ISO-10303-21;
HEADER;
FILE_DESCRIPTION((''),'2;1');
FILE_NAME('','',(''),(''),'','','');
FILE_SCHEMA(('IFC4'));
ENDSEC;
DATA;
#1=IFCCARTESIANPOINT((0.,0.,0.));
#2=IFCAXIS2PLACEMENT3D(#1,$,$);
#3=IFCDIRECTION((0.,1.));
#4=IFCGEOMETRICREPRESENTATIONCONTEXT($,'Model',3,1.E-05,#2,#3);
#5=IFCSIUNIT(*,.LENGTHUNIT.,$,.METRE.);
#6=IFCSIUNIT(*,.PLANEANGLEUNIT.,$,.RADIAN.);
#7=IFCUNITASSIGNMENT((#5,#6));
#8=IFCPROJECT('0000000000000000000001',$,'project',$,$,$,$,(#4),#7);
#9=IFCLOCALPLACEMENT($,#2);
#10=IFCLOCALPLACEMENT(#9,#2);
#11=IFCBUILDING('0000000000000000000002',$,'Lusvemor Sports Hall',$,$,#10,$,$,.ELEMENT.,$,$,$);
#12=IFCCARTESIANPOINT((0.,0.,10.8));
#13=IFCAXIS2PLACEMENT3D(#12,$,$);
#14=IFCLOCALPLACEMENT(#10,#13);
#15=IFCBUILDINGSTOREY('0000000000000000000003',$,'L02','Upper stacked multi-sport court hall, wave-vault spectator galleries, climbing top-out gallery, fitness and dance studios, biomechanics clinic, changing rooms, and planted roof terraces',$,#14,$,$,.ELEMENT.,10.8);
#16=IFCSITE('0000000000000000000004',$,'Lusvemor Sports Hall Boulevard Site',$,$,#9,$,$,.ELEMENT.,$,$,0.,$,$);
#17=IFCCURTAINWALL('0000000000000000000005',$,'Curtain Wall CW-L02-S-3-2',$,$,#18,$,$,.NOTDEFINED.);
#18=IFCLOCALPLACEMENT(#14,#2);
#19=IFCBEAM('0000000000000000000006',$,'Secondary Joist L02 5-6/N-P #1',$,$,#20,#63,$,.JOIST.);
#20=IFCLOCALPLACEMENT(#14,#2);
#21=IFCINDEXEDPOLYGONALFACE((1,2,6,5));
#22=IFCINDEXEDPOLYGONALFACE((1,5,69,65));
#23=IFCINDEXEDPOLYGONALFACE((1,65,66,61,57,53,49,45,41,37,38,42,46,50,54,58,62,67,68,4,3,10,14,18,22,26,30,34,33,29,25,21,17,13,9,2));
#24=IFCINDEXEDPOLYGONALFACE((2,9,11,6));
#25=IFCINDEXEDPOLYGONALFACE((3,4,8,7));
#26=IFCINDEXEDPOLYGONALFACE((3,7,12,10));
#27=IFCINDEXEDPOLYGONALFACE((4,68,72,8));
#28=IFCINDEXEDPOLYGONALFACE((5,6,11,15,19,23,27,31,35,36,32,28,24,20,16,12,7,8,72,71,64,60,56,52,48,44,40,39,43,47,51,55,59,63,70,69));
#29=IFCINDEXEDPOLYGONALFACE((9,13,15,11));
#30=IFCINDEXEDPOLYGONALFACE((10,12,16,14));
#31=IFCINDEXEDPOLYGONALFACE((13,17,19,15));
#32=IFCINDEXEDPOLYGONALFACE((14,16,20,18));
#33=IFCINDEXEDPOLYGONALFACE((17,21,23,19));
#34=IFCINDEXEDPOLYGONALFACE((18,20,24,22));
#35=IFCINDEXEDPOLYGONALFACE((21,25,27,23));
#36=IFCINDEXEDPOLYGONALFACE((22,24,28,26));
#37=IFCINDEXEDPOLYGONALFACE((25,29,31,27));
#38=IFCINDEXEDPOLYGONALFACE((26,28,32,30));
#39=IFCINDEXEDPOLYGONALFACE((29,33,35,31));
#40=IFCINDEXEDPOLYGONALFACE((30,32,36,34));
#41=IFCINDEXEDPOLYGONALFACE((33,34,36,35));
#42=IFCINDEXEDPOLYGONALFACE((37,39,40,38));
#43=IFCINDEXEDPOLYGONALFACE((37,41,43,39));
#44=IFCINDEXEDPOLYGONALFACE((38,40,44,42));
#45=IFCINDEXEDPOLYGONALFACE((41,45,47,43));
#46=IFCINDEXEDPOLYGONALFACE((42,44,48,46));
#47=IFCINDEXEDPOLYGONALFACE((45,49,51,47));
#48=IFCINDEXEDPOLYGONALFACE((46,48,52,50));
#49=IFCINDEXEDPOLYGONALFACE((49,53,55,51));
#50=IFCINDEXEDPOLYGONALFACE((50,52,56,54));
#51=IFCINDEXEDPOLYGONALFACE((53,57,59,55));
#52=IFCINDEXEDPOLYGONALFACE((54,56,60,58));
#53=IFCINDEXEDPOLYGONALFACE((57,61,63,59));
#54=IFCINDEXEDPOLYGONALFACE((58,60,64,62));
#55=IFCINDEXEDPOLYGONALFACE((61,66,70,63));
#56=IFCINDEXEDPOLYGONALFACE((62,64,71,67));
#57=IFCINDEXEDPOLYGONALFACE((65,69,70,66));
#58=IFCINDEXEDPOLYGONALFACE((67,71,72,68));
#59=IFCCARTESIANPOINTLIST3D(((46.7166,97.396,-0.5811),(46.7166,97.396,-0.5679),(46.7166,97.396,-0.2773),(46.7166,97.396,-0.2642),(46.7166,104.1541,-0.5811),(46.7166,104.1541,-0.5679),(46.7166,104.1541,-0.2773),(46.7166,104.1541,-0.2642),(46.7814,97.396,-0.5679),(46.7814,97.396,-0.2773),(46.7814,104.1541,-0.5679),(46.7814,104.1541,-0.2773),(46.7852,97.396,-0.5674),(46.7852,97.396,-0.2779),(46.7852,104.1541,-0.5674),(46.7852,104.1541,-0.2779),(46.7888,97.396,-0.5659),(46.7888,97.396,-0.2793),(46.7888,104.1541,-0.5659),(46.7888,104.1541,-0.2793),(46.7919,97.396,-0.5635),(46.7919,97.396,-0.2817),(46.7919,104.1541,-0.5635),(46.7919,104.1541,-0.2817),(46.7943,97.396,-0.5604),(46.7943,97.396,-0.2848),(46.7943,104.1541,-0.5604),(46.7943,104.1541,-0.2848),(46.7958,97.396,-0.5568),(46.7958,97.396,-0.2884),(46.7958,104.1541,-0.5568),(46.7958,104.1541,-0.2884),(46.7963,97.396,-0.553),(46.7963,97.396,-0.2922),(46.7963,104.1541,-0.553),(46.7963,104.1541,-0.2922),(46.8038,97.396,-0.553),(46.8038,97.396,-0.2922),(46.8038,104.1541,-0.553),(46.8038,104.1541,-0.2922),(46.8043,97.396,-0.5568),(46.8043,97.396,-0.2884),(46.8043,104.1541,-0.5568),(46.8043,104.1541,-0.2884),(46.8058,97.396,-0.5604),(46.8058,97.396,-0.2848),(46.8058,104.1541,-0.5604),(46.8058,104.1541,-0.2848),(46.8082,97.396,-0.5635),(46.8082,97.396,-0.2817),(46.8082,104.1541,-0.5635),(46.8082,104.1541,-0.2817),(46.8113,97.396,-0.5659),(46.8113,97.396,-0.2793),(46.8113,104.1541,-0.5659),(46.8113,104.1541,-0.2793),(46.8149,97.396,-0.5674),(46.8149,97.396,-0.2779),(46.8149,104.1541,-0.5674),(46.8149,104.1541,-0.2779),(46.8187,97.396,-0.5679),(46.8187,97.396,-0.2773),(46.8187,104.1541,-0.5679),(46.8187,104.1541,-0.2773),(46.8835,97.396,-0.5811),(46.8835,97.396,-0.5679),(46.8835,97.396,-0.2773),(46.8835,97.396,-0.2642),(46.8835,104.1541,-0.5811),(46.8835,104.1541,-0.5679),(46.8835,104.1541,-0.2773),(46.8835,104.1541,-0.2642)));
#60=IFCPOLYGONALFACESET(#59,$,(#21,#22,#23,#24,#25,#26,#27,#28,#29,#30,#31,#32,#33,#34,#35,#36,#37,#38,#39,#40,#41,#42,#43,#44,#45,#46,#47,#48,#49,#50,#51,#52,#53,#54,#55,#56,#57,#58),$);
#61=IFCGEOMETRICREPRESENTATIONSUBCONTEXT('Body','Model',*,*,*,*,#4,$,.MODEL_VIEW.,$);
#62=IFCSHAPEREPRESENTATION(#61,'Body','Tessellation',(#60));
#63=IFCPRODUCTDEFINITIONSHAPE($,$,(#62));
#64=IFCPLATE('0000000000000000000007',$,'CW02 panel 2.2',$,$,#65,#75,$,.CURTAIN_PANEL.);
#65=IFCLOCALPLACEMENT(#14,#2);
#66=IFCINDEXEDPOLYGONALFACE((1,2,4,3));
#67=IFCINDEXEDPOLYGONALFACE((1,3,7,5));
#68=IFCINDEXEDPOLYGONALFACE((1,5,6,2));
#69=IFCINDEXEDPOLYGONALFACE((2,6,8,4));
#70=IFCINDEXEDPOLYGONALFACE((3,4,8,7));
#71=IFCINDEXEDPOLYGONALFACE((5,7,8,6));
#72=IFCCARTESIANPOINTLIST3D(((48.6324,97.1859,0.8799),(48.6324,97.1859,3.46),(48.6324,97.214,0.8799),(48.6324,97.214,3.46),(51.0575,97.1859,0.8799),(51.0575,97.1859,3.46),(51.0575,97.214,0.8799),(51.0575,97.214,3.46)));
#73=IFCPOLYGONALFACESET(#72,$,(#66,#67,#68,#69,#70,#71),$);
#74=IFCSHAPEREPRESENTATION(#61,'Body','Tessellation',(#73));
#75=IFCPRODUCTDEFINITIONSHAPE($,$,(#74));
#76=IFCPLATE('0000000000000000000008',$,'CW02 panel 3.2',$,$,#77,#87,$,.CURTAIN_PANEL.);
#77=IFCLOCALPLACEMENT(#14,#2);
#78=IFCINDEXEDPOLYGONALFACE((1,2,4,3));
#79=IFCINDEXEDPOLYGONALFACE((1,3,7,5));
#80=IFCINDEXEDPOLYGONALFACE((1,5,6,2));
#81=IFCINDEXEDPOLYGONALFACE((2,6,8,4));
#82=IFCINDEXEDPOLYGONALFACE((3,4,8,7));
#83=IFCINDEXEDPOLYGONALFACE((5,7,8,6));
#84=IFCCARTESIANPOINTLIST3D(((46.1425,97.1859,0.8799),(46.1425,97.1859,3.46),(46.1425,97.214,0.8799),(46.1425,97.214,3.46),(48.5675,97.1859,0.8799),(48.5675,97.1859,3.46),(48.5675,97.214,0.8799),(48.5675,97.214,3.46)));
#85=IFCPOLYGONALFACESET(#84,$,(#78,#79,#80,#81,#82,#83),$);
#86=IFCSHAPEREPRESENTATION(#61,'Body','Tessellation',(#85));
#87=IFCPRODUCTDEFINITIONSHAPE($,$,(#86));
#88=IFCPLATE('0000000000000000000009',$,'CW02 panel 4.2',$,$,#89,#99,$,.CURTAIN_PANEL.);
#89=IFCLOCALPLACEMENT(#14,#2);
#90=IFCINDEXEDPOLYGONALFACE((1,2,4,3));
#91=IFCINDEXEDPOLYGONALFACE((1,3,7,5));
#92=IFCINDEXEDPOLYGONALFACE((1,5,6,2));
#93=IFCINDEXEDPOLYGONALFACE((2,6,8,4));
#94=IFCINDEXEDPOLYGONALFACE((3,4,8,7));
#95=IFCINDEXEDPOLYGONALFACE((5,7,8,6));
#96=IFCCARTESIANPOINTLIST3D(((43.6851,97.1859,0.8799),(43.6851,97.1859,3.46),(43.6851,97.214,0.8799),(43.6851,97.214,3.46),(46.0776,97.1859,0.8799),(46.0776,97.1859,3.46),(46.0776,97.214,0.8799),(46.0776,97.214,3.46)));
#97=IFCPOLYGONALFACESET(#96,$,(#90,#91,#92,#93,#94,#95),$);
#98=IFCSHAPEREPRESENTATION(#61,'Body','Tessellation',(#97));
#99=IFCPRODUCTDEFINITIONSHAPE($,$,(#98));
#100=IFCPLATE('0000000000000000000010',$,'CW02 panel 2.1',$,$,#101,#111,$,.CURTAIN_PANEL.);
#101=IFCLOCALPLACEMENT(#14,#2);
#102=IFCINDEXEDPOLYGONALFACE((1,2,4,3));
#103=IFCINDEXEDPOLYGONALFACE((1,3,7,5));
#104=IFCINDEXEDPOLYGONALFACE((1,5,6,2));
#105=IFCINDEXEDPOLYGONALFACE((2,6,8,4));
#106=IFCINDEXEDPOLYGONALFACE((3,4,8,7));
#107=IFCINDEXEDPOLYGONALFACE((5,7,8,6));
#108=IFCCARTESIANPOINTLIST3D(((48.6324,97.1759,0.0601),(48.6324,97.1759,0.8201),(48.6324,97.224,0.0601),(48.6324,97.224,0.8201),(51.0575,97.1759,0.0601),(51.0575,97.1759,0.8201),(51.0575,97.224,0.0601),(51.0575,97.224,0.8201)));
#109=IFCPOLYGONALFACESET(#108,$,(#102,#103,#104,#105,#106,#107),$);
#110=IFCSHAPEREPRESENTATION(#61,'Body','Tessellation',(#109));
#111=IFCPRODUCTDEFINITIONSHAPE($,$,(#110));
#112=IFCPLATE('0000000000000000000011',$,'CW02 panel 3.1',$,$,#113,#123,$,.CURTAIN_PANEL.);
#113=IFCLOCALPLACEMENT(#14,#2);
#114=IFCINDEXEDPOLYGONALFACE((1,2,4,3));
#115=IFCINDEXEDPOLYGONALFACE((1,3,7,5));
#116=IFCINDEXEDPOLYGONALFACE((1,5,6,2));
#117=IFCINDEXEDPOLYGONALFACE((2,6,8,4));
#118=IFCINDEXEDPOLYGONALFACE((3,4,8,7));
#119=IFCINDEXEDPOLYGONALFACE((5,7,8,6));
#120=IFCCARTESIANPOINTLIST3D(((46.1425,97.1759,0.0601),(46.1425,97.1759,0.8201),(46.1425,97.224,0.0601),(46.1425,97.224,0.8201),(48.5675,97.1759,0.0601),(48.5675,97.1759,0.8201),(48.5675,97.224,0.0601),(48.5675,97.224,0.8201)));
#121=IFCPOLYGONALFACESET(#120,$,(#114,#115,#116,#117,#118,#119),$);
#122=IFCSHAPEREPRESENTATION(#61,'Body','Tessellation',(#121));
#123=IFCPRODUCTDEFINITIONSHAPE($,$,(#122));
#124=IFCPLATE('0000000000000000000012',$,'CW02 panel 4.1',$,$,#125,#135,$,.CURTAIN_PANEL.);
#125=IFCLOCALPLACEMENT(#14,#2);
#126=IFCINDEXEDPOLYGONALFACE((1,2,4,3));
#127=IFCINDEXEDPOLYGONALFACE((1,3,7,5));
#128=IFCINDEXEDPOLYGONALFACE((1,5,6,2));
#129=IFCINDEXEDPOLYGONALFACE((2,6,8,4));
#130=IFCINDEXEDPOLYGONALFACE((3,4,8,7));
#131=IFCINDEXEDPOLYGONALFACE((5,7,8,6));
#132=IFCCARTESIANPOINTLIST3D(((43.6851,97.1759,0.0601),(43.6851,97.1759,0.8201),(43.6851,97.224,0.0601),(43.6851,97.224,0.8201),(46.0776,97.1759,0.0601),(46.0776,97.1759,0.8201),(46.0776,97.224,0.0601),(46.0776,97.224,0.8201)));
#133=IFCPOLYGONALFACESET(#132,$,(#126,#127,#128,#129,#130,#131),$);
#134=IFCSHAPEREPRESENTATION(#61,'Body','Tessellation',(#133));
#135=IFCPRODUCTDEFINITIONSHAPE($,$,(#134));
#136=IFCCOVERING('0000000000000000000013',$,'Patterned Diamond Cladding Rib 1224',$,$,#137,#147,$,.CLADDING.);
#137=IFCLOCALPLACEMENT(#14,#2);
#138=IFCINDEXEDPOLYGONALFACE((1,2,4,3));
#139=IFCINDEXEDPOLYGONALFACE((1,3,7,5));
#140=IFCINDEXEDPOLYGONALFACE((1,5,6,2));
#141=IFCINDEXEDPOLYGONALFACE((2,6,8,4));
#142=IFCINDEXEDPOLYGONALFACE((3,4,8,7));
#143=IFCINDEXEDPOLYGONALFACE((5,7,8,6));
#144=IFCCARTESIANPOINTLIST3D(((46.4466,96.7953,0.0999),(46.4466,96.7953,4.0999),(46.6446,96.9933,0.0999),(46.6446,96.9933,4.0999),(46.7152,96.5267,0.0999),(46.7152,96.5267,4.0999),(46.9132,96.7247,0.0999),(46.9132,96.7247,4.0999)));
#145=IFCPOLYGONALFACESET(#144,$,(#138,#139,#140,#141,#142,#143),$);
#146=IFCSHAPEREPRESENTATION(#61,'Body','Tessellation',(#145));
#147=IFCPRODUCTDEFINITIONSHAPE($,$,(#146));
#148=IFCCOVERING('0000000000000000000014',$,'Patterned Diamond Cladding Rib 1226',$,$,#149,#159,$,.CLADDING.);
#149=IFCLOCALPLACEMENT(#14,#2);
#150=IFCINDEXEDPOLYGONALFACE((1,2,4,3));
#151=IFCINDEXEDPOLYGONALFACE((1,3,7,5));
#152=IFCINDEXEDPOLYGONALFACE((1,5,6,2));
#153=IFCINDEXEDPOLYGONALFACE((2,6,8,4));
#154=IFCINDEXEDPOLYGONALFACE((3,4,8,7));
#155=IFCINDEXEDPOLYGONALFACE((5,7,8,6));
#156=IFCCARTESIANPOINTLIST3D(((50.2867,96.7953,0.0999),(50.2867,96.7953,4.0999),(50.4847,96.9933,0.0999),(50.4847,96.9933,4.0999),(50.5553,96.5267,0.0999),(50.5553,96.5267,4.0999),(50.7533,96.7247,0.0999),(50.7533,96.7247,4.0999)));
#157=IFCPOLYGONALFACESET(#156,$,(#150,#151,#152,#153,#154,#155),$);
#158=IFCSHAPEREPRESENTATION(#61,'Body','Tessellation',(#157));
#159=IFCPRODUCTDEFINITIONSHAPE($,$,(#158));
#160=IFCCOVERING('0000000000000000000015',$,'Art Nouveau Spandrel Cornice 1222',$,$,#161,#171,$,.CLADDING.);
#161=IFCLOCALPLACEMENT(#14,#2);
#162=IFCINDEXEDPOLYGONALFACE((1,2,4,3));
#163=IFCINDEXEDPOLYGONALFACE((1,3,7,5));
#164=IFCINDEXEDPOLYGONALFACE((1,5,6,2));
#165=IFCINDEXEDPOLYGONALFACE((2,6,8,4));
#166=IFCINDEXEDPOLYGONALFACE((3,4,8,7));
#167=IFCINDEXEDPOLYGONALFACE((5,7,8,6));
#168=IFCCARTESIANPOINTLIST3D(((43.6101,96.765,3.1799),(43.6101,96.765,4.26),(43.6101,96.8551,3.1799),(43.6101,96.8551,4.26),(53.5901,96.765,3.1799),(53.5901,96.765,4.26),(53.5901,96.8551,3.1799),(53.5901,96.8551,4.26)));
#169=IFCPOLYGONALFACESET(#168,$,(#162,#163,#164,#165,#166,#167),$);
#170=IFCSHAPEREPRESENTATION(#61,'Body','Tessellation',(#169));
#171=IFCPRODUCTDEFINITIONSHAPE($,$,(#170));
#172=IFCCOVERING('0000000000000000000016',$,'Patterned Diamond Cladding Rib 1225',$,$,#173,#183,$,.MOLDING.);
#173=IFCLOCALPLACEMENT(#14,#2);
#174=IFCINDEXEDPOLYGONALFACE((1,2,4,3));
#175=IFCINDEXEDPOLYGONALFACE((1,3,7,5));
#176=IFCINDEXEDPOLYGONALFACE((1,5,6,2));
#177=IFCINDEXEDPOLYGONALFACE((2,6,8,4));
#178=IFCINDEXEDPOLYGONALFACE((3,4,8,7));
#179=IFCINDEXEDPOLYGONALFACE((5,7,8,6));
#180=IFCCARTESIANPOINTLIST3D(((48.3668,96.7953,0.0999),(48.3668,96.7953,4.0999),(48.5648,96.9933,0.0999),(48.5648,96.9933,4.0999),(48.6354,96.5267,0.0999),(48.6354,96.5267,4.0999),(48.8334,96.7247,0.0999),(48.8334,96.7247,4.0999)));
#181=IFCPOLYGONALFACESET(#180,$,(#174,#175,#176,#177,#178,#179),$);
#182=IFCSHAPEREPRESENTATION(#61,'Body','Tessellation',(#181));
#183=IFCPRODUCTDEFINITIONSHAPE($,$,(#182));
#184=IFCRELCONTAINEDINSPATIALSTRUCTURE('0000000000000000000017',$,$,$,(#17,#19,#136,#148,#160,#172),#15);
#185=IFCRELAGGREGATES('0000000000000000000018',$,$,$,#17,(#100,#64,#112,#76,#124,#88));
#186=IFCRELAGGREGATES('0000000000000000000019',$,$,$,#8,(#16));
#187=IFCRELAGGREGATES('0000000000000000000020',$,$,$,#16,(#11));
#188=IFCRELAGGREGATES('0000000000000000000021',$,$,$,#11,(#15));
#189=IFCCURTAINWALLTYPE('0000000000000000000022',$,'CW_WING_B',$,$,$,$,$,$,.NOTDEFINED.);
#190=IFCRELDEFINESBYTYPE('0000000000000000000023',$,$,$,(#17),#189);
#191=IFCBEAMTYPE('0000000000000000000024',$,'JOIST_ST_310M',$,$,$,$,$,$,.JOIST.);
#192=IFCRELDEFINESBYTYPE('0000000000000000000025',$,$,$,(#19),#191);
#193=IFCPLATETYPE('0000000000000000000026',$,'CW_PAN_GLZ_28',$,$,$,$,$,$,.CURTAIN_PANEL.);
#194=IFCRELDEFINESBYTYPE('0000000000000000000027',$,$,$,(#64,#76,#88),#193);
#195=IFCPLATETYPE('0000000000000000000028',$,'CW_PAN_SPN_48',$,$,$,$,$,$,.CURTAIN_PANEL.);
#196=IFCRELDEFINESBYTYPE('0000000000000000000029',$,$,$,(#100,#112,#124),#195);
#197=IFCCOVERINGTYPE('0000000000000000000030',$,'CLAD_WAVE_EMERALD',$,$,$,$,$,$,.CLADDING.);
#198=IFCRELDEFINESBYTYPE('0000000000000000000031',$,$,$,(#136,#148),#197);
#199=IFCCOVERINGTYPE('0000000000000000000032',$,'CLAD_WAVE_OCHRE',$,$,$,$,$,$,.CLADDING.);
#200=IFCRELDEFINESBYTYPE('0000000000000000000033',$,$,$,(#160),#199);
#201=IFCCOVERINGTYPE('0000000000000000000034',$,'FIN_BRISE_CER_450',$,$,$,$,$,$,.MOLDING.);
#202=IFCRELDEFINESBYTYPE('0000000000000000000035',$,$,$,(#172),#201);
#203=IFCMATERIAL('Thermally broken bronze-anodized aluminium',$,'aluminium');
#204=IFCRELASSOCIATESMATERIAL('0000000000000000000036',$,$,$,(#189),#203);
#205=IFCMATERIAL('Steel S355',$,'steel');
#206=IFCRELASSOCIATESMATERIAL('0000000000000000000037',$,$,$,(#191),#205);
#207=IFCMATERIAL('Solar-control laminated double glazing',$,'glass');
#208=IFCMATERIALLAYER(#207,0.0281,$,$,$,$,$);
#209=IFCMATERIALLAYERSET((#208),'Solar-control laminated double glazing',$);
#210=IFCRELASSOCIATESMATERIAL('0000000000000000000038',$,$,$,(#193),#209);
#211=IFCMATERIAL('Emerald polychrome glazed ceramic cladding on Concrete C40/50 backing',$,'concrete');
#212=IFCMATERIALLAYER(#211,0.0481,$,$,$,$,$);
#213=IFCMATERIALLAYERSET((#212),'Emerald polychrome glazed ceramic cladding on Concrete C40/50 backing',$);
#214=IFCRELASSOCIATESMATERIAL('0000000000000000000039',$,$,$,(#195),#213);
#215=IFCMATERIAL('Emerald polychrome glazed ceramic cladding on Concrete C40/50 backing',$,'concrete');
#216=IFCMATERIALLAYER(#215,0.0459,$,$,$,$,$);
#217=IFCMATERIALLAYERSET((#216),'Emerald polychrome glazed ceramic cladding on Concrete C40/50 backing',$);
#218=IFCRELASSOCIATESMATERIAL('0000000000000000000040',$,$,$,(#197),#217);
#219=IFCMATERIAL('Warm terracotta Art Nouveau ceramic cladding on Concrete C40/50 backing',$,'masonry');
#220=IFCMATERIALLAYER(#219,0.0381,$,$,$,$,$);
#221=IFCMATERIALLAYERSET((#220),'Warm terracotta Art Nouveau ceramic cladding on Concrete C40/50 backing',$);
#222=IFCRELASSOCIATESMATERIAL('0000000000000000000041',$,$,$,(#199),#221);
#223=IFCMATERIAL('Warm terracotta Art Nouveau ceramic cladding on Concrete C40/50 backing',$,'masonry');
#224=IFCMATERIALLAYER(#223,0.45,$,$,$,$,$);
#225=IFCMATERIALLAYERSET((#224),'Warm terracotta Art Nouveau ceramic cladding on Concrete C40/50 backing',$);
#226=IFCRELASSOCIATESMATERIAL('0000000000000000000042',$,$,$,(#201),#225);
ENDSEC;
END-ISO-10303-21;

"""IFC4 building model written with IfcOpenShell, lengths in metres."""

from ifc_helpers import new_model, si_unit, direction, frame, origin, origin_2d, place, context, subcontext, project, spatial, rectangle, i_section, extrude, material, layer, layer_set, material_profile, profile_set, type_object, element, aggregate, save


model = new_model("IFC4")

# Units and contexts
model_context = context("Model", 3, precision=1e-05, world=origin(), true_north=direction((0.0, 1.0)))
body_context = subcontext(model_context, "Body", "Model", "MODEL_VIEW")
ifc_project = project(units=[si_unit("LENGTHUNIT", "METRE"), si_unit("PLANEANGLEUNIT", "RADIAN")], contexts=[model_context])

# Site, building, storey
site_placement = place(None, origin())
site = spatial("IfcSite", under=ifc_project, at=site_placement, Name="Lusvemor Sports Hall Boulevard Site", CompositionType="ELEMENT", RefElevation=0.0)
building_placement = place(site_placement, origin())
building = spatial("IfcBuilding", under=site, at=building_placement, Name="Lusvemor Sports Hall", CompositionType="ELEMENT")
storey_placement = place(building_placement, frame((0.0, 0.0, 10.8)))
storey = spatial("IfcBuildingStorey", under=building, at=storey_placement, Name="L02", Description="Upper stacked multi-sport court hall, wave-vault spectator galleries, climbing top-out gallery, fitness and dance studios, biomechanics clinic, changing rooms, and planted roof terraces", CompositionType="ELEMENT", Elevation=10.8)

# Curtain wall
ifc_material_1 = material(Name="Thermally broken bronze-anodized aluminium", Category="aluminium")
curtain_wall_type = type_object("IfcCurtainWallType", Name="CW_WING_B", PredefinedType="NOTDEFINED", material=ifc_material_1)
curtain_wall_placement = place(storey_placement, origin())
curtain_wall = element("IfcCurtainWall", 1, at=curtain_wall_placement, inside=storey, type_object=curtain_wall_type, Name="Curtain Wall CW-L02-S-3-2", PredefinedType="NOTDEFINED")

# Beam
ifc_material_2 = material(Name="Steel S355", Category="steel")
ifc_material_profile_1 = material_profile(ifc_material_2, i_section(OverallWidth=0.167, OverallDepth=0.3169, WebThickness=0.0076, FlangeThickness=0.0132, FilletRadius=0.0149, at=origin_2d()), Name="W310x52.0")
ifc_profile_set_1 = profile_set([ifc_material_profile_1], Name="Steel S355")
beam_type_1 = type_object("IfcBeamType", Name="JOIST_ST_310M", PredefinedType="JOIST", material=ifc_profile_set_1)
beam_1_placement = place(storey_placement, frame((46.8, 97.396, -0.4226), z_axis=(0.0, 1.0, 0.0), x_axis=(-1.0, 0.0, 0.0)))
element("IfcBeam", 2, at=beam_1_placement, inside=storey, type_object=beam_type_1, Name="Secondary Joist L02 5-6/N-P #1", PredefinedType="JOIST", context=body_context, shape_type="SweptSolid", body=[
    extrude(i_section(OverallWidth=0.167, OverallDepth=0.3169, WebThickness=0.0076, FlangeThickness=0.0132, FilletRadius=0.0149, at=origin_2d()), origin(), (0.0, 0.0, 1.0), 6.7581),
])

# Plates
ifc_material_3 = material(Name="Solar-control laminated double glazing", Category="glass")
ifc_layer_1 = layer(ifc_material_3, 0.0281)
ifc_layer_set_1 = layer_set([ifc_layer_1], Name="Solar-control laminated double glazing")
plate_type_1 = type_object("IfcPlateType", Name="CW_PAN_GLZ_28", PredefinedType="CURTAIN_PANEL", material=ifc_layer_set_1)
plate_1_placement = place(storey_placement, frame((49.845, 97.2, 0.8799), z_axis=(0.0, 0.0, 1.0), x_axis=(-1.0, 0.0, 0.0)))
plate_1 = element("IfcPlate", 3, at=plate_1_placement, type_object=plate_type_1, Name="CW02 panel 2.2", PredefinedType="CURTAIN_PANEL", context=body_context, shape_type="SweptSolid", body=[
    extrude(rectangle(XDim=2.425, YDim=0.0281, at=origin_2d()), origin(), (0.0, 0.0, 1.0), 2.5801),
])
plate_2_placement = place(storey_placement, frame((47.355, 97.2, 0.8799), z_axis=(0.0, 0.0, 1.0), x_axis=(-1.0, 0.0, 0.0)))
plate_2 = element("IfcPlate", 4, at=plate_2_placement, type_object=plate_type_1, Name="CW02 panel 3.2", PredefinedType="CURTAIN_PANEL", context=body_context, shape_type="SweptSolid", body=[
    extrude(rectangle(XDim=2.425, YDim=0.0281, at=origin_2d()), origin(), (0.0, 0.0, 1.0), 2.5801),
])
plate_3_placement = place(storey_placement, frame((44.8813, 97.2, 0.8799), z_axis=(0.0, 0.0, 1.0), x_axis=(-1.0, 0.0, 0.0)))
plate_3 = element("IfcPlate", 5, at=plate_3_placement, type_object=plate_type_1, Name="CW02 panel 4.2", PredefinedType="CURTAIN_PANEL", context=body_context, shape_type="SweptSolid", body=[
    extrude(rectangle(XDim=2.3926, YDim=0.0281, at=origin_2d()), origin(), (0.0, 0.0, 1.0), 2.5801),
])
ifc_material_4 = material(Name="Emerald polychrome glazed ceramic cladding on Concrete C40/50 backing", Category="concrete")
ifc_layer_2 = layer(ifc_material_4, 0.0481)
ifc_layer_set_2 = layer_set([ifc_layer_2], Name="Emerald polychrome glazed ceramic cladding on Concrete C40/50 backing")
plate_type_2 = type_object("IfcPlateType", Name="CW_PAN_SPN_48", PredefinedType="CURTAIN_PANEL", material=ifc_layer_set_2)
plate_4_placement = place(storey_placement, frame((49.845, 97.2, 0.0601), z_axis=(0.0, 0.0, 1.0), x_axis=(-1.0, 0.0, 0.0)))
plate_4 = element("IfcPlate", 6, at=plate_4_placement, type_object=plate_type_2, Name="CW02 panel 2.1", PredefinedType="CURTAIN_PANEL", context=body_context, shape_type="SweptSolid", body=[
    extrude(rectangle(XDim=2.425, YDim=0.0481, at=origin_2d()), origin(), (0.0, 0.0, 1.0), 0.76),
])
plate_5_placement = place(storey_placement, frame((47.355, 97.2, 0.0601), z_axis=(0.0, 0.0, 1.0), x_axis=(-1.0, 0.0, 0.0)))
plate_5 = element("IfcPlate", 7, at=plate_5_placement, type_object=plate_type_2, Name="CW02 panel 3.1", PredefinedType="CURTAIN_PANEL", context=body_context, shape_type="SweptSolid", body=[
    extrude(rectangle(XDim=2.425, YDim=0.0481, at=origin_2d()), origin(), (0.0, 0.0, 1.0), 0.76),
])
plate_6_placement = place(storey_placement, frame((44.8813, 97.2, 0.0601), z_axis=(0.0, 0.0, 1.0), x_axis=(-1.0, 0.0, 0.0)))
plate_6 = element("IfcPlate", 8, at=plate_6_placement, type_object=plate_type_2, Name="CW02 panel 4.1", PredefinedType="CURTAIN_PANEL", context=body_context, shape_type="SweptSolid", body=[
    extrude(rectangle(XDim=2.3926, YDim=0.0481, at=origin_2d()), origin(), (0.0, 0.0, 1.0), 0.76),
])
aggregate(curtain_wall, [plate_4, plate_1, plate_5, plate_2, plate_6, plate_3])

# Coverings
ifc_material_5 = material(Name="Emerald polychrome glazed ceramic cladding on Concrete C40/50 backing", Category="concrete")
ifc_layer_3 = layer(ifc_material_5, 0.0459)
ifc_layer_set_3 = layer_set([ifc_layer_3], Name="Emerald polychrome glazed ceramic cladding on Concrete C40/50 backing")
covering_type_1 = type_object("IfcCoveringType", Name="CLAD_WAVE_EMERALD", PredefinedType="CLADDING", material=ifc_layer_set_3)
for number, where, z_axis, x_axis, name in (
    (9, (46.6799, 96.76, 0.0999), (0.0, 0.0, 1.0), (0.707107, 0.707107, 0.0), "Patterned Diamond Cladding Rib 1224"),
    (10, (50.52, 96.76, 0.0999), (0.0, 0.0, 1.0), (0.707107, 0.707107, 0.0), "Patterned Diamond Cladding Rib 1226"),
):
    element("IfcCovering", number, at=place(storey_placement, frame(where, z_axis=z_axis, x_axis=x_axis)), inside=storey, type_object=covering_type_1, Name=name, PredefinedType="CLADDING", context=body_context, shape_type="SweptSolid", body=[
        extrude(rectangle(XDim=0.28, YDim=0.3799, at=origin_2d()), origin(), (0.0, 0.0, 1.0), 4.0),
    ])
ifc_material_6 = material(Name="Warm terracotta Art Nouveau ceramic cladding on Concrete C40/50 backing", Category="masonry")
ifc_layer_4 = layer(ifc_material_6, 0.0381)
ifc_layer_set_4 = layer_set([ifc_layer_4], Name="Warm terracotta Art Nouveau ceramic cladding on Concrete C40/50 backing")
covering_type_2 = type_object("IfcCoveringType", Name="CLAD_WAVE_OCHRE", PredefinedType="CLADDING", material=ifc_layer_set_4)
covering_1_placement = place(storey_placement, frame((48.6001, 96.8101, 3.1799), z_axis=(0.0, 0.0, 1.0), x_axis=(1.0, 0.0, 0.0)))
element("IfcCovering", 11, at=covering_1_placement, inside=storey, type_object=covering_type_2, Name="Art Nouveau Spandrel Cornice 1222", PredefinedType="CLADDING", context=body_context, shape_type="SweptSolid", body=[
    extrude(rectangle(XDim=9.98, YDim=0.0901, at=origin_2d()), origin(), (0.0, 0.0, 1.0), 1.0801),
])
ifc_material_7 = material(Name="Warm terracotta Art Nouveau ceramic cladding on Concrete C40/50 backing", Category="masonry")
ifc_layer_5 = layer(ifc_material_7, 0.45)
ifc_layer_set_5 = layer_set([ifc_layer_5], Name="Warm terracotta Art Nouveau ceramic cladding on Concrete C40/50 backing")
covering_type_3 = type_object("IfcCoveringType", Name="FIN_BRISE_CER_450", PredefinedType="MOLDING", material=ifc_layer_set_5)
covering_2_placement = place(storey_placement, frame((48.6001, 96.76, 0.0999), z_axis=(0.0, 0.0, 1.0), x_axis=(0.707107, 0.707107, 0.0)))
element("IfcCovering", 12, at=covering_2_placement, inside=storey, type_object=covering_type_3, Name="Patterned Diamond Cladding Rib 1225", PredefinedType="MOLDING", context=body_context, shape_type="SweptSolid", body=[
    extrude(rectangle(XDim=0.28, YDim=0.3799, at=origin_2d()), origin(), (0.0, 0.0, 1.0), 4.0),
])

save(model, "model.ifc")
